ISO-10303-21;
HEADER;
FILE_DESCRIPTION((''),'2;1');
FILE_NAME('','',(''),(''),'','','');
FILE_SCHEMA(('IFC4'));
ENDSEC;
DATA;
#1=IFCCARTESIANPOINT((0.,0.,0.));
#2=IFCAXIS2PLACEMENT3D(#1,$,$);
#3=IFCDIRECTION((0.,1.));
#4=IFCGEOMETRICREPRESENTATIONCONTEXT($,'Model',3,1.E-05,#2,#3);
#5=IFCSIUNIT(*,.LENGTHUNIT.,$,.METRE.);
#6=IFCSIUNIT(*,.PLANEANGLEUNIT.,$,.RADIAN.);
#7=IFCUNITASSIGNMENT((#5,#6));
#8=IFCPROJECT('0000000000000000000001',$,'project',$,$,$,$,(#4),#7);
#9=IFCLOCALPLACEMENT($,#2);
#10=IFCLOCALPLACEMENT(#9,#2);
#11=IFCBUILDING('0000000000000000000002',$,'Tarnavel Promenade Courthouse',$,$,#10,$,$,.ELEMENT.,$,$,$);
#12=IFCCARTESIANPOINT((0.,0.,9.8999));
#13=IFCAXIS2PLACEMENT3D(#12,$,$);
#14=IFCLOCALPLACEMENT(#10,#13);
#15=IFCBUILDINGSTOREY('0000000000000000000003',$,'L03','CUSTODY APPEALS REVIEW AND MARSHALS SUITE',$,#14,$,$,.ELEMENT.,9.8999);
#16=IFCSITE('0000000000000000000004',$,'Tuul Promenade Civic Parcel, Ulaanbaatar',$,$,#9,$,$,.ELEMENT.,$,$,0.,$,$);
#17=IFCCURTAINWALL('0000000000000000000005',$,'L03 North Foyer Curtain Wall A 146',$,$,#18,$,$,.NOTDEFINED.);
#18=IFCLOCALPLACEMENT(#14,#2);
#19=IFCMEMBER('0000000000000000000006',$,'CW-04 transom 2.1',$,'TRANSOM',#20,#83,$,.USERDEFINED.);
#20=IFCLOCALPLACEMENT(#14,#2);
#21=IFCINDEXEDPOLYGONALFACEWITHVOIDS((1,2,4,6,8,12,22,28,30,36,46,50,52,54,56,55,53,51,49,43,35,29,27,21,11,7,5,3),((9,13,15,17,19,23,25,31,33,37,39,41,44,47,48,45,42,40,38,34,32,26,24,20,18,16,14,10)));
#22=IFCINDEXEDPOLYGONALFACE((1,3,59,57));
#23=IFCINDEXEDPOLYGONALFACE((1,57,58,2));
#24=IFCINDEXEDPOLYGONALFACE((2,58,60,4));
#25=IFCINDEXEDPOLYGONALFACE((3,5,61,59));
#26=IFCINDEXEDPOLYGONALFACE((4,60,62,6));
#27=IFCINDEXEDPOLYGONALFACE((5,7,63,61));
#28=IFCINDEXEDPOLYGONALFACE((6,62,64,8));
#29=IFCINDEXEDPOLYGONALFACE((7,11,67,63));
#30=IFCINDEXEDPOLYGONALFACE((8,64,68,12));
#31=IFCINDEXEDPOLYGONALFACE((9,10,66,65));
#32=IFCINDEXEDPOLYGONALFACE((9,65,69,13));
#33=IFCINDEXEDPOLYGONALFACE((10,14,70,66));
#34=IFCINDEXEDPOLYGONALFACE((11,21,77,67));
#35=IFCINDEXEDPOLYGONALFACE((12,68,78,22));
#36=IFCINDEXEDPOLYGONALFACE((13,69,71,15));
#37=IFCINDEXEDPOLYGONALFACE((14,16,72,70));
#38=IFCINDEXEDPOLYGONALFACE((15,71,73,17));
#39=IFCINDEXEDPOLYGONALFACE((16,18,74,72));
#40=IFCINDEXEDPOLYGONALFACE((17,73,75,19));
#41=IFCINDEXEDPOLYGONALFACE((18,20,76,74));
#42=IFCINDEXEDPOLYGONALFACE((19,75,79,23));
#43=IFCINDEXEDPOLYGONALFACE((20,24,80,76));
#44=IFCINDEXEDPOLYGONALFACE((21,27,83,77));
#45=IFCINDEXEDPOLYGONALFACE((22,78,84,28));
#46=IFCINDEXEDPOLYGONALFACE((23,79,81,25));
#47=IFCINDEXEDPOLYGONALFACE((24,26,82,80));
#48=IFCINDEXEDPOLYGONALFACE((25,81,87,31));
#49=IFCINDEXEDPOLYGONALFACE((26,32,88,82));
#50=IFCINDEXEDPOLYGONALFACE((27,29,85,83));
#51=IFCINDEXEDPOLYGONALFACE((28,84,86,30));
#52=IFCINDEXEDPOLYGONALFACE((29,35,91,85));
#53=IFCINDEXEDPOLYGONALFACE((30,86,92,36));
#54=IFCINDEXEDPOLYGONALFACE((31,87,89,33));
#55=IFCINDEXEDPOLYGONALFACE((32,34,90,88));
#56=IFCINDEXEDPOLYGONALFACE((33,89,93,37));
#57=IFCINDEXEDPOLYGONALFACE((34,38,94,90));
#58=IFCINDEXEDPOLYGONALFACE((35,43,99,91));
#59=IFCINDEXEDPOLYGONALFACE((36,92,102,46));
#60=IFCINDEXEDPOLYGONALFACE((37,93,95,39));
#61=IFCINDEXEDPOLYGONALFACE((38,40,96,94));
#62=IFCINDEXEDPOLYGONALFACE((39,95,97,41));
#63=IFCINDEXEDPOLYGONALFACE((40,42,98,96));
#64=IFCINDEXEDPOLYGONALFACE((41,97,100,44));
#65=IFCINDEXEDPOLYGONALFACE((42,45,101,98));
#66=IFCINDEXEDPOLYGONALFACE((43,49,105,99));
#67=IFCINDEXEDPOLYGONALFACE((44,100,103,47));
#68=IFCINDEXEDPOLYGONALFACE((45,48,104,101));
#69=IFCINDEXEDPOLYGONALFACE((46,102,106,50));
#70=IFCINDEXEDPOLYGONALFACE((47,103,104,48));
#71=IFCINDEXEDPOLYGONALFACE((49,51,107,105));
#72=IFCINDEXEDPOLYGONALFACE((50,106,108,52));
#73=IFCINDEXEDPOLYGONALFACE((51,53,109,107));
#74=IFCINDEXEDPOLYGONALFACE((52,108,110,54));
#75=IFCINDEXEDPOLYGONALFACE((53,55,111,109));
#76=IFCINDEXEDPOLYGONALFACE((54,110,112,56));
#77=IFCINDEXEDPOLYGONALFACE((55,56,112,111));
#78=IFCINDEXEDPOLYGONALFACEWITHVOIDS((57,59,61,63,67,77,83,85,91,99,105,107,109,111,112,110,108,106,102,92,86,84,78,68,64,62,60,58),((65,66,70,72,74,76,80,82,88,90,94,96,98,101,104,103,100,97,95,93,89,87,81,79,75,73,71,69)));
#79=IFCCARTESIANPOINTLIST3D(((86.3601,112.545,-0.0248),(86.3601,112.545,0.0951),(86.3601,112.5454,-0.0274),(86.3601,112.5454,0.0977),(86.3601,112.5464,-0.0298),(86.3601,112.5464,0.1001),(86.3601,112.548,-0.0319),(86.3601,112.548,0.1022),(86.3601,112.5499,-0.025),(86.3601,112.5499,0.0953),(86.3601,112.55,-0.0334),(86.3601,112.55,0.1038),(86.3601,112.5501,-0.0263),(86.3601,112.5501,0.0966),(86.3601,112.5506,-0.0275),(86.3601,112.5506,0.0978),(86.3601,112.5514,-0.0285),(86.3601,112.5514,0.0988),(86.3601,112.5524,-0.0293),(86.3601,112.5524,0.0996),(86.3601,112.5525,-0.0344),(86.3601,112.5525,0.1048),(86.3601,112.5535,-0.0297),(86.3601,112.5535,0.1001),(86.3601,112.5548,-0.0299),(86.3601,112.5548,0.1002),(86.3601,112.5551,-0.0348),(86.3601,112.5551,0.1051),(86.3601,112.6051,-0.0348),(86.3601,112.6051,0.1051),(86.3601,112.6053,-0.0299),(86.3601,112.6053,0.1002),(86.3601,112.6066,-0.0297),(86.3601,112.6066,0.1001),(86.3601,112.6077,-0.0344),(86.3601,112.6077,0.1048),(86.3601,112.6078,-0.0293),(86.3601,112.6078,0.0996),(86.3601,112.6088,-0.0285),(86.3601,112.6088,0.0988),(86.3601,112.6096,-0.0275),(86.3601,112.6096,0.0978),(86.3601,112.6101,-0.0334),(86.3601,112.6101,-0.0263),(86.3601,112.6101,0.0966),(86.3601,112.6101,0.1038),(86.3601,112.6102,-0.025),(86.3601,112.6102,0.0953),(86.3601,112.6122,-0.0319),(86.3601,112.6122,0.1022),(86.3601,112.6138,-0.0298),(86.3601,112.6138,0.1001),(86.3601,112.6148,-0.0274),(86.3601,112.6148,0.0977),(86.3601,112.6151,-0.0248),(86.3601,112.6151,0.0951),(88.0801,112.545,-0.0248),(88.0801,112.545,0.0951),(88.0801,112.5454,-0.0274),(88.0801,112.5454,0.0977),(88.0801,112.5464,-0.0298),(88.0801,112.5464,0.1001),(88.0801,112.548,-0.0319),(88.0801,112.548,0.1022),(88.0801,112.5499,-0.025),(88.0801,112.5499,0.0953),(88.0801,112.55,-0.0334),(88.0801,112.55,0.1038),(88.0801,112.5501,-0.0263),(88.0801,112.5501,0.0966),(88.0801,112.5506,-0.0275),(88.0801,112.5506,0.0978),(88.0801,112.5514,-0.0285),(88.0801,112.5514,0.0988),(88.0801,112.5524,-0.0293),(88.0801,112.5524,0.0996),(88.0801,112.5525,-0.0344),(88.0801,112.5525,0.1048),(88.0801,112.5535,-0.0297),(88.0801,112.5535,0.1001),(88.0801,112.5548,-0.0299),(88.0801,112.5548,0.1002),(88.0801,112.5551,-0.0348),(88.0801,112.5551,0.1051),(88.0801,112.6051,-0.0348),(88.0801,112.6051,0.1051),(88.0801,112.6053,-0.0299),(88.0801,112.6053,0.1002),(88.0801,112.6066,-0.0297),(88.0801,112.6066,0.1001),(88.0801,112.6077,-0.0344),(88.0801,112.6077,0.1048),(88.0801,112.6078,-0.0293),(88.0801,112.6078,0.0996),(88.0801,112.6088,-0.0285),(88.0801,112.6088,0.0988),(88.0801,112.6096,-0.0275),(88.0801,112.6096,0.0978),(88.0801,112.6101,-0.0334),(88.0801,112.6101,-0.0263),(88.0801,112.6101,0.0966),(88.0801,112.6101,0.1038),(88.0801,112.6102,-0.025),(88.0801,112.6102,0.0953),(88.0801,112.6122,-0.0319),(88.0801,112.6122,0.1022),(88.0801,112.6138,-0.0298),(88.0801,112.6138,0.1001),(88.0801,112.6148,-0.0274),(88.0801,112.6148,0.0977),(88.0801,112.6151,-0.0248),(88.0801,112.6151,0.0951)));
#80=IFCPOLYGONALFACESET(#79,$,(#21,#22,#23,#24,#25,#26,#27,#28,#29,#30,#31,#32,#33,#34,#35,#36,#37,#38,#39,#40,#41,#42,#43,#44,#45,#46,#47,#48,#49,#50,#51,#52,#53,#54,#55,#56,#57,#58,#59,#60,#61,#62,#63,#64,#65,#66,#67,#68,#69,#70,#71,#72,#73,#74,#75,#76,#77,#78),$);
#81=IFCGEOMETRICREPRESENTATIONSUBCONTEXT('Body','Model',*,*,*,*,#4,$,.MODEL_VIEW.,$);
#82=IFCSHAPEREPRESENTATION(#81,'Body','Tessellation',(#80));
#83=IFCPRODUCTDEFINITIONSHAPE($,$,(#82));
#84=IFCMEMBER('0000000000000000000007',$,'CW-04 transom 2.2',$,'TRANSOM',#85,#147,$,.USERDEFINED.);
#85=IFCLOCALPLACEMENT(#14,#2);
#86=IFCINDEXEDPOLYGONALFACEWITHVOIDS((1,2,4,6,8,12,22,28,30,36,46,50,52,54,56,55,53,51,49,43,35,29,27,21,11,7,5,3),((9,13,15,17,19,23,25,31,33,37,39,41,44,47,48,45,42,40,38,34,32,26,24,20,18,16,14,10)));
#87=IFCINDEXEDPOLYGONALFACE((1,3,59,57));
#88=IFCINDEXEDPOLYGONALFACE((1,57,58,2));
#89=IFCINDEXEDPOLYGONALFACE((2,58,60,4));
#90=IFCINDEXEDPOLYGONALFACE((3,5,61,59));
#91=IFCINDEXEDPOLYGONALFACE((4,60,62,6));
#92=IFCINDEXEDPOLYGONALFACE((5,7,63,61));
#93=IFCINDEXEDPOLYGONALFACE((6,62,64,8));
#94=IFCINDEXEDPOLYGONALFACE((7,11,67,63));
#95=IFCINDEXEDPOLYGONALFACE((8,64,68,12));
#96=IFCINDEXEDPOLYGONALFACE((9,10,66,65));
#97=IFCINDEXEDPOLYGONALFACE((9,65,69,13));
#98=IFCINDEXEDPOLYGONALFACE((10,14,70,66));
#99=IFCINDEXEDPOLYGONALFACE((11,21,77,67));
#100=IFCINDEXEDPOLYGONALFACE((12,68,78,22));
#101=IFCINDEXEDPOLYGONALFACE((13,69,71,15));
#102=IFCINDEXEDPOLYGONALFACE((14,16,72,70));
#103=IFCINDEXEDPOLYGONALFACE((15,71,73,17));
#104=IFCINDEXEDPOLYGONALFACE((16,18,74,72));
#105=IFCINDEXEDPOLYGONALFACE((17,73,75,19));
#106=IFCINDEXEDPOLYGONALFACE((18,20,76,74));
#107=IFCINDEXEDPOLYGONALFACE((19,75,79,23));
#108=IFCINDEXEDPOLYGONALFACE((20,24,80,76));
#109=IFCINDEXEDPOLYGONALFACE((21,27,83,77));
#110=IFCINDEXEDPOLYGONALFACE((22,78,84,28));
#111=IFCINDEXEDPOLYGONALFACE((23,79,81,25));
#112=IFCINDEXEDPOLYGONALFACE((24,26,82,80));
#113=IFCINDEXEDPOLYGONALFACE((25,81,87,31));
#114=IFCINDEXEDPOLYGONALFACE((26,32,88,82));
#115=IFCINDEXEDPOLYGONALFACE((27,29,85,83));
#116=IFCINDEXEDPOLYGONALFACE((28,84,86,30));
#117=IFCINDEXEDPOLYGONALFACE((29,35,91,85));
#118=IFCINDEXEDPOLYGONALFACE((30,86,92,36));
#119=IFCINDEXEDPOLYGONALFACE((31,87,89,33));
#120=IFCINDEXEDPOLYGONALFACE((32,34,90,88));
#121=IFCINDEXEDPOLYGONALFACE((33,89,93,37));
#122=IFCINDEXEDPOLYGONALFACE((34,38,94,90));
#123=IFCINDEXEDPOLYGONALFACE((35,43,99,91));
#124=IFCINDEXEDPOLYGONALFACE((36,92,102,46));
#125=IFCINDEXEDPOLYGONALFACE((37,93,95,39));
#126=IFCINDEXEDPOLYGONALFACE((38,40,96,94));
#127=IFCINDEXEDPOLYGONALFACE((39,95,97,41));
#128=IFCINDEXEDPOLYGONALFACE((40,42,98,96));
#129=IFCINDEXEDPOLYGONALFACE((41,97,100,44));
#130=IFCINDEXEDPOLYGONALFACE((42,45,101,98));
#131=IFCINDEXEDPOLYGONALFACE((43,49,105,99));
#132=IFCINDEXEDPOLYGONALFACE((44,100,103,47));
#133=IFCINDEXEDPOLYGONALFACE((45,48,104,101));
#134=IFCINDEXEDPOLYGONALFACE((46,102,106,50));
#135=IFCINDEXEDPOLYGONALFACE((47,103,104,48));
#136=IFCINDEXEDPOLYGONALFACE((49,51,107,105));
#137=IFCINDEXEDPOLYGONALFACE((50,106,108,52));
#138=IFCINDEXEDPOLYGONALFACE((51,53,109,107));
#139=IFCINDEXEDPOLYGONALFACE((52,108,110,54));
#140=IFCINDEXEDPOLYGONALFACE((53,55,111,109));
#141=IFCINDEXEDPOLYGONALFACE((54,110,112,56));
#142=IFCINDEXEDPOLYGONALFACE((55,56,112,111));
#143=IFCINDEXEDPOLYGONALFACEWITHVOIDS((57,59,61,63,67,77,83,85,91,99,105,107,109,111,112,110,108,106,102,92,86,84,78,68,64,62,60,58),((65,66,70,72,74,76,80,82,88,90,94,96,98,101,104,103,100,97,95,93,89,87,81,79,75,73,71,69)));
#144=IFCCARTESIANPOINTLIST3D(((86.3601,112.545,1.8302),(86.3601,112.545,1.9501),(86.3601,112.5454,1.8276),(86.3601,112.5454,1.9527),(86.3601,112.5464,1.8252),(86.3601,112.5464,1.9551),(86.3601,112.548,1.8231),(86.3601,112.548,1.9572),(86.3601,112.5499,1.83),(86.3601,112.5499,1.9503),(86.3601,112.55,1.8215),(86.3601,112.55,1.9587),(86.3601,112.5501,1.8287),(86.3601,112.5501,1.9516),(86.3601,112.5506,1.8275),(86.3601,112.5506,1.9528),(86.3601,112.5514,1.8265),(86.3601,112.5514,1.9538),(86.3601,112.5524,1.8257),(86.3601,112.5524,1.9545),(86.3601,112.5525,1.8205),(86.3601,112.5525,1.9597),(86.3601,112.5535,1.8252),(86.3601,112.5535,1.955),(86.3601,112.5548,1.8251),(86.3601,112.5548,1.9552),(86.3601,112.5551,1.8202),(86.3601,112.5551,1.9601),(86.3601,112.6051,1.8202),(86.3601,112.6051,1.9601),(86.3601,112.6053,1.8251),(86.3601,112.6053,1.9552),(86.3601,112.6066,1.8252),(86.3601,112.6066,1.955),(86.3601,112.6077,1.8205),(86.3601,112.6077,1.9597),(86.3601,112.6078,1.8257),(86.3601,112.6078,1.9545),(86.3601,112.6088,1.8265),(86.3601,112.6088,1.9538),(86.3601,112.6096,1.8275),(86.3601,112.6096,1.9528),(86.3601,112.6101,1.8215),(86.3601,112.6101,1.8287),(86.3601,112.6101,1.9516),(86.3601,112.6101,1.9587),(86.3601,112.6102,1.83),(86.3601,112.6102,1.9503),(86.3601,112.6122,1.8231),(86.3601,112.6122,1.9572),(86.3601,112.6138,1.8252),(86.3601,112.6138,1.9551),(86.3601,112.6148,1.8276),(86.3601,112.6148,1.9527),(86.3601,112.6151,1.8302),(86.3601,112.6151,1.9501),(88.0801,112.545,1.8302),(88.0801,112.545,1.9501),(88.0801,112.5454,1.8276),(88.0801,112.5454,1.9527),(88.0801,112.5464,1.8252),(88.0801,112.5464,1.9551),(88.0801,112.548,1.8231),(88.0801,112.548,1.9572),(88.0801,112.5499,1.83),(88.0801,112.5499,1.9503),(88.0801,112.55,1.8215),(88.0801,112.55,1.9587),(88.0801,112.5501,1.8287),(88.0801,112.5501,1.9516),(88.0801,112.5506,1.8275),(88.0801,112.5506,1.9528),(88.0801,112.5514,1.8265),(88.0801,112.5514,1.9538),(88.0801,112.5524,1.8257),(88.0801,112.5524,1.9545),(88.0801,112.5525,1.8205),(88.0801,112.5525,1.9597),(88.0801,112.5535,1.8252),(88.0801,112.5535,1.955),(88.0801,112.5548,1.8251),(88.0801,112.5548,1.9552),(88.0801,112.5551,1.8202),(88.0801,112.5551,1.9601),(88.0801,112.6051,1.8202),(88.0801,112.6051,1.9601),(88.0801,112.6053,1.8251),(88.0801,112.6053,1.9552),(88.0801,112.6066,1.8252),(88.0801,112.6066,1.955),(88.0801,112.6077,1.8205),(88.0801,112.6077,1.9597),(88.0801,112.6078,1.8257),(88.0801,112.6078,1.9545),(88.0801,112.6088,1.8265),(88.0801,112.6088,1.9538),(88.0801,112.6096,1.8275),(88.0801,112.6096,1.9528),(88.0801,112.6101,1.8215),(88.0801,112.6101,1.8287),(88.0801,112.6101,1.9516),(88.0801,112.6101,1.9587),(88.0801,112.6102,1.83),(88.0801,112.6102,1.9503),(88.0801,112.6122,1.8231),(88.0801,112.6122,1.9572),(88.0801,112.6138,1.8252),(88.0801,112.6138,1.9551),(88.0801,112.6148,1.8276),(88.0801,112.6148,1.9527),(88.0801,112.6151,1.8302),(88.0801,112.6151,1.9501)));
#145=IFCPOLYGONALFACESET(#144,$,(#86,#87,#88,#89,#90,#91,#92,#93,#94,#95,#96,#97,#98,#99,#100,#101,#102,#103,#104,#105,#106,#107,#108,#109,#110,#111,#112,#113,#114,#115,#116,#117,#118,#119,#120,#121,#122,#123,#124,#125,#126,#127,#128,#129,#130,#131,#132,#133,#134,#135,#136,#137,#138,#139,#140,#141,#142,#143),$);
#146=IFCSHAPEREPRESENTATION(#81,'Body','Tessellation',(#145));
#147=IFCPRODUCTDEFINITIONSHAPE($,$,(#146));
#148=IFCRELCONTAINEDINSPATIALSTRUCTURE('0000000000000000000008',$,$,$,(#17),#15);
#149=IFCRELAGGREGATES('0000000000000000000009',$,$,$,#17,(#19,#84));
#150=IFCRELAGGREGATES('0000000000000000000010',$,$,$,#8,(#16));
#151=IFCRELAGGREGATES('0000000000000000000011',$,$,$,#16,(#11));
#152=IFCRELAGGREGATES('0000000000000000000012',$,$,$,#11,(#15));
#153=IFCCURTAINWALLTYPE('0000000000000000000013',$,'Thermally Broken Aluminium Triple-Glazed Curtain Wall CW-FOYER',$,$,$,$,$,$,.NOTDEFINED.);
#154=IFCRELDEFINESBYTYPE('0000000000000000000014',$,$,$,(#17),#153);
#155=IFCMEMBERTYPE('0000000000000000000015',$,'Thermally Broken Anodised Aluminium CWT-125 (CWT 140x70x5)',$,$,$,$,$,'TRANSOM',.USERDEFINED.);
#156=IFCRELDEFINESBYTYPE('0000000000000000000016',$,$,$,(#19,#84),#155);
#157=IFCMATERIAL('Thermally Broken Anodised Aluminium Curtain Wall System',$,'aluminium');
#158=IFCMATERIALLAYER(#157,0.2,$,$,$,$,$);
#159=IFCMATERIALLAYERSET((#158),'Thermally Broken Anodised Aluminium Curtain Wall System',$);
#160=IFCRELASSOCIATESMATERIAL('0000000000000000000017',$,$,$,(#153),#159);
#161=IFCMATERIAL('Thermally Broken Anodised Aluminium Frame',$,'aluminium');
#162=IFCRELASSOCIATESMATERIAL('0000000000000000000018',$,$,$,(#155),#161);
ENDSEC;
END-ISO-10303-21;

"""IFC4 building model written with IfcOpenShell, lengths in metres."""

from ifc_helpers import new_model, si_unit, direction, frame, origin, origin_2d, place, context, subcontext, project, spatial, hollow_rectangle, extrude, material, layer, layer_set, material_profile, profile_set, type_object, element, aggregate, save


model = new_model("IFC4")

# Units and contexts
model_context = context("Model", 3, precision=1e-05, world=origin(), true_north=direction((0.0, 1.0)))
body_context = subcontext(model_context, "Body", "Model", "MODEL_VIEW")
ifc_project = project(units=[si_unit("LENGTHUNIT", "METRE"), si_unit("PLANEANGLEUNIT", "RADIAN")], contexts=[model_context])

# Site, building, storey
site_placement = place(None, origin())
site = spatial("IfcSite", under=ifc_project, at=site_placement, Name="Tuul Promenade Civic Parcel, Ulaanbaatar", CompositionType="ELEMENT", RefElevation=0.0)
building_placement = place(site_placement, origin())
building = spatial("IfcBuilding", under=site, at=building_placement, Name="Tarnavel Promenade Courthouse", CompositionType="ELEMENT")
storey_placement = place(building_placement, frame((0.0, 0.0, 9.8999)))
storey = spatial("IfcBuildingStorey", under=building, at=storey_placement, Name="L03", Description="CUSTODY APPEALS REVIEW AND MARSHALS SUITE", CompositionType="ELEMENT", Elevation=9.8999)

# Curtain wall
ifc_material_1 = material(Name="Thermally Broken Anodised Aluminium Curtain Wall System", Category="aluminium")
ifc_layer_1 = layer(ifc_material_1, 0.2)
ifc_layer_set_1 = layer_set([ifc_layer_1], Name="Thermally Broken Anodised Aluminium Curtain Wall System")
curtain_wall_type = type_object("IfcCurtainWallType", Name="Thermally Broken Aluminium Triple-Glazed Curtain Wall CW-FOYER", PredefinedType="NOTDEFINED", material=ifc_layer_set_1)
curtain_wall_1_placement = place(storey_placement, origin())
curtain_wall_1 = element("IfcCurtainWall", 1, at=curtain_wall_1_placement, inside=storey, type_object=curtain_wall_type, Name="L03 North Foyer Curtain Wall A 146", PredefinedType="NOTDEFINED")
ifc_material_2 = material(Name="Thermally Broken Anodised Aluminium Frame", Category="aluminium")

# Members
ifc_material_profile_1 = material_profile(ifc_material_2, hollow_rectangle(XDim=0.0701, YDim=0.1399, WallThickness=0.0049, InnerFilletRadius=0.0049, OuterFilletRadius=0.01, at=origin_2d()), Name="CWT 140x70x5")
ifc_profile_set_1 = profile_set([ifc_material_profile_1], Name="Thermally Broken Anodised Aluminium Frame")
member_type_1 = type_object("IfcMemberType", Name="Thermally Broken Anodised Aluminium CWT-125 (CWT 140x70x5)", ElementType="TRANSOM", PredefinedType="USERDEFINED", material=ifc_profile_set_1)
member_1_placement = place(storey_placement, frame((86.3601, 112.5801, 0.0352), z_axis=(1.0, 0.0, 0.0), x_axis=(0.0, 1.0, 0.0)))
member_1 = element("IfcMember", 2, at=member_1_placement, type_object=member_type_1, Name="CW-04 transom 2.1", ObjectType="TRANSOM", PredefinedType="USERDEFINED", context=body_context, shape_type="SweptSolid", body=[
    extrude(hollow_rectangle(XDim=0.0701, YDim=0.1399, WallThickness=0.0049, InnerFilletRadius=0.0049, OuterFilletRadius=0.01, at=origin_2d()), origin(), (0.0, 0.0, 1.0), 1.72),
])
member_2_placement = place(storey_placement, frame((86.3601, 112.5801, 1.8901), z_axis=(1.0, 0.0, 0.0), x_axis=(0.0, 1.0, 0.0)))
member_2 = element("IfcMember", 3, at=member_2_placement, type_object=member_type_1, Name="CW-04 transom 2.2", ObjectType="TRANSOM", PredefinedType="USERDEFINED", context=body_context, shape_type="SweptSolid", body=[
    extrude(hollow_rectangle(XDim=0.0701, YDim=0.1399, WallThickness=0.0049, InnerFilletRadius=0.0049, OuterFilletRadius=0.01, at=origin_2d()), origin(), (0.0, 0.0, 1.0), 1.72),
])

aggregate(curtain_wall_1, [member_1, member_2])

save(model, "model.ifc")
